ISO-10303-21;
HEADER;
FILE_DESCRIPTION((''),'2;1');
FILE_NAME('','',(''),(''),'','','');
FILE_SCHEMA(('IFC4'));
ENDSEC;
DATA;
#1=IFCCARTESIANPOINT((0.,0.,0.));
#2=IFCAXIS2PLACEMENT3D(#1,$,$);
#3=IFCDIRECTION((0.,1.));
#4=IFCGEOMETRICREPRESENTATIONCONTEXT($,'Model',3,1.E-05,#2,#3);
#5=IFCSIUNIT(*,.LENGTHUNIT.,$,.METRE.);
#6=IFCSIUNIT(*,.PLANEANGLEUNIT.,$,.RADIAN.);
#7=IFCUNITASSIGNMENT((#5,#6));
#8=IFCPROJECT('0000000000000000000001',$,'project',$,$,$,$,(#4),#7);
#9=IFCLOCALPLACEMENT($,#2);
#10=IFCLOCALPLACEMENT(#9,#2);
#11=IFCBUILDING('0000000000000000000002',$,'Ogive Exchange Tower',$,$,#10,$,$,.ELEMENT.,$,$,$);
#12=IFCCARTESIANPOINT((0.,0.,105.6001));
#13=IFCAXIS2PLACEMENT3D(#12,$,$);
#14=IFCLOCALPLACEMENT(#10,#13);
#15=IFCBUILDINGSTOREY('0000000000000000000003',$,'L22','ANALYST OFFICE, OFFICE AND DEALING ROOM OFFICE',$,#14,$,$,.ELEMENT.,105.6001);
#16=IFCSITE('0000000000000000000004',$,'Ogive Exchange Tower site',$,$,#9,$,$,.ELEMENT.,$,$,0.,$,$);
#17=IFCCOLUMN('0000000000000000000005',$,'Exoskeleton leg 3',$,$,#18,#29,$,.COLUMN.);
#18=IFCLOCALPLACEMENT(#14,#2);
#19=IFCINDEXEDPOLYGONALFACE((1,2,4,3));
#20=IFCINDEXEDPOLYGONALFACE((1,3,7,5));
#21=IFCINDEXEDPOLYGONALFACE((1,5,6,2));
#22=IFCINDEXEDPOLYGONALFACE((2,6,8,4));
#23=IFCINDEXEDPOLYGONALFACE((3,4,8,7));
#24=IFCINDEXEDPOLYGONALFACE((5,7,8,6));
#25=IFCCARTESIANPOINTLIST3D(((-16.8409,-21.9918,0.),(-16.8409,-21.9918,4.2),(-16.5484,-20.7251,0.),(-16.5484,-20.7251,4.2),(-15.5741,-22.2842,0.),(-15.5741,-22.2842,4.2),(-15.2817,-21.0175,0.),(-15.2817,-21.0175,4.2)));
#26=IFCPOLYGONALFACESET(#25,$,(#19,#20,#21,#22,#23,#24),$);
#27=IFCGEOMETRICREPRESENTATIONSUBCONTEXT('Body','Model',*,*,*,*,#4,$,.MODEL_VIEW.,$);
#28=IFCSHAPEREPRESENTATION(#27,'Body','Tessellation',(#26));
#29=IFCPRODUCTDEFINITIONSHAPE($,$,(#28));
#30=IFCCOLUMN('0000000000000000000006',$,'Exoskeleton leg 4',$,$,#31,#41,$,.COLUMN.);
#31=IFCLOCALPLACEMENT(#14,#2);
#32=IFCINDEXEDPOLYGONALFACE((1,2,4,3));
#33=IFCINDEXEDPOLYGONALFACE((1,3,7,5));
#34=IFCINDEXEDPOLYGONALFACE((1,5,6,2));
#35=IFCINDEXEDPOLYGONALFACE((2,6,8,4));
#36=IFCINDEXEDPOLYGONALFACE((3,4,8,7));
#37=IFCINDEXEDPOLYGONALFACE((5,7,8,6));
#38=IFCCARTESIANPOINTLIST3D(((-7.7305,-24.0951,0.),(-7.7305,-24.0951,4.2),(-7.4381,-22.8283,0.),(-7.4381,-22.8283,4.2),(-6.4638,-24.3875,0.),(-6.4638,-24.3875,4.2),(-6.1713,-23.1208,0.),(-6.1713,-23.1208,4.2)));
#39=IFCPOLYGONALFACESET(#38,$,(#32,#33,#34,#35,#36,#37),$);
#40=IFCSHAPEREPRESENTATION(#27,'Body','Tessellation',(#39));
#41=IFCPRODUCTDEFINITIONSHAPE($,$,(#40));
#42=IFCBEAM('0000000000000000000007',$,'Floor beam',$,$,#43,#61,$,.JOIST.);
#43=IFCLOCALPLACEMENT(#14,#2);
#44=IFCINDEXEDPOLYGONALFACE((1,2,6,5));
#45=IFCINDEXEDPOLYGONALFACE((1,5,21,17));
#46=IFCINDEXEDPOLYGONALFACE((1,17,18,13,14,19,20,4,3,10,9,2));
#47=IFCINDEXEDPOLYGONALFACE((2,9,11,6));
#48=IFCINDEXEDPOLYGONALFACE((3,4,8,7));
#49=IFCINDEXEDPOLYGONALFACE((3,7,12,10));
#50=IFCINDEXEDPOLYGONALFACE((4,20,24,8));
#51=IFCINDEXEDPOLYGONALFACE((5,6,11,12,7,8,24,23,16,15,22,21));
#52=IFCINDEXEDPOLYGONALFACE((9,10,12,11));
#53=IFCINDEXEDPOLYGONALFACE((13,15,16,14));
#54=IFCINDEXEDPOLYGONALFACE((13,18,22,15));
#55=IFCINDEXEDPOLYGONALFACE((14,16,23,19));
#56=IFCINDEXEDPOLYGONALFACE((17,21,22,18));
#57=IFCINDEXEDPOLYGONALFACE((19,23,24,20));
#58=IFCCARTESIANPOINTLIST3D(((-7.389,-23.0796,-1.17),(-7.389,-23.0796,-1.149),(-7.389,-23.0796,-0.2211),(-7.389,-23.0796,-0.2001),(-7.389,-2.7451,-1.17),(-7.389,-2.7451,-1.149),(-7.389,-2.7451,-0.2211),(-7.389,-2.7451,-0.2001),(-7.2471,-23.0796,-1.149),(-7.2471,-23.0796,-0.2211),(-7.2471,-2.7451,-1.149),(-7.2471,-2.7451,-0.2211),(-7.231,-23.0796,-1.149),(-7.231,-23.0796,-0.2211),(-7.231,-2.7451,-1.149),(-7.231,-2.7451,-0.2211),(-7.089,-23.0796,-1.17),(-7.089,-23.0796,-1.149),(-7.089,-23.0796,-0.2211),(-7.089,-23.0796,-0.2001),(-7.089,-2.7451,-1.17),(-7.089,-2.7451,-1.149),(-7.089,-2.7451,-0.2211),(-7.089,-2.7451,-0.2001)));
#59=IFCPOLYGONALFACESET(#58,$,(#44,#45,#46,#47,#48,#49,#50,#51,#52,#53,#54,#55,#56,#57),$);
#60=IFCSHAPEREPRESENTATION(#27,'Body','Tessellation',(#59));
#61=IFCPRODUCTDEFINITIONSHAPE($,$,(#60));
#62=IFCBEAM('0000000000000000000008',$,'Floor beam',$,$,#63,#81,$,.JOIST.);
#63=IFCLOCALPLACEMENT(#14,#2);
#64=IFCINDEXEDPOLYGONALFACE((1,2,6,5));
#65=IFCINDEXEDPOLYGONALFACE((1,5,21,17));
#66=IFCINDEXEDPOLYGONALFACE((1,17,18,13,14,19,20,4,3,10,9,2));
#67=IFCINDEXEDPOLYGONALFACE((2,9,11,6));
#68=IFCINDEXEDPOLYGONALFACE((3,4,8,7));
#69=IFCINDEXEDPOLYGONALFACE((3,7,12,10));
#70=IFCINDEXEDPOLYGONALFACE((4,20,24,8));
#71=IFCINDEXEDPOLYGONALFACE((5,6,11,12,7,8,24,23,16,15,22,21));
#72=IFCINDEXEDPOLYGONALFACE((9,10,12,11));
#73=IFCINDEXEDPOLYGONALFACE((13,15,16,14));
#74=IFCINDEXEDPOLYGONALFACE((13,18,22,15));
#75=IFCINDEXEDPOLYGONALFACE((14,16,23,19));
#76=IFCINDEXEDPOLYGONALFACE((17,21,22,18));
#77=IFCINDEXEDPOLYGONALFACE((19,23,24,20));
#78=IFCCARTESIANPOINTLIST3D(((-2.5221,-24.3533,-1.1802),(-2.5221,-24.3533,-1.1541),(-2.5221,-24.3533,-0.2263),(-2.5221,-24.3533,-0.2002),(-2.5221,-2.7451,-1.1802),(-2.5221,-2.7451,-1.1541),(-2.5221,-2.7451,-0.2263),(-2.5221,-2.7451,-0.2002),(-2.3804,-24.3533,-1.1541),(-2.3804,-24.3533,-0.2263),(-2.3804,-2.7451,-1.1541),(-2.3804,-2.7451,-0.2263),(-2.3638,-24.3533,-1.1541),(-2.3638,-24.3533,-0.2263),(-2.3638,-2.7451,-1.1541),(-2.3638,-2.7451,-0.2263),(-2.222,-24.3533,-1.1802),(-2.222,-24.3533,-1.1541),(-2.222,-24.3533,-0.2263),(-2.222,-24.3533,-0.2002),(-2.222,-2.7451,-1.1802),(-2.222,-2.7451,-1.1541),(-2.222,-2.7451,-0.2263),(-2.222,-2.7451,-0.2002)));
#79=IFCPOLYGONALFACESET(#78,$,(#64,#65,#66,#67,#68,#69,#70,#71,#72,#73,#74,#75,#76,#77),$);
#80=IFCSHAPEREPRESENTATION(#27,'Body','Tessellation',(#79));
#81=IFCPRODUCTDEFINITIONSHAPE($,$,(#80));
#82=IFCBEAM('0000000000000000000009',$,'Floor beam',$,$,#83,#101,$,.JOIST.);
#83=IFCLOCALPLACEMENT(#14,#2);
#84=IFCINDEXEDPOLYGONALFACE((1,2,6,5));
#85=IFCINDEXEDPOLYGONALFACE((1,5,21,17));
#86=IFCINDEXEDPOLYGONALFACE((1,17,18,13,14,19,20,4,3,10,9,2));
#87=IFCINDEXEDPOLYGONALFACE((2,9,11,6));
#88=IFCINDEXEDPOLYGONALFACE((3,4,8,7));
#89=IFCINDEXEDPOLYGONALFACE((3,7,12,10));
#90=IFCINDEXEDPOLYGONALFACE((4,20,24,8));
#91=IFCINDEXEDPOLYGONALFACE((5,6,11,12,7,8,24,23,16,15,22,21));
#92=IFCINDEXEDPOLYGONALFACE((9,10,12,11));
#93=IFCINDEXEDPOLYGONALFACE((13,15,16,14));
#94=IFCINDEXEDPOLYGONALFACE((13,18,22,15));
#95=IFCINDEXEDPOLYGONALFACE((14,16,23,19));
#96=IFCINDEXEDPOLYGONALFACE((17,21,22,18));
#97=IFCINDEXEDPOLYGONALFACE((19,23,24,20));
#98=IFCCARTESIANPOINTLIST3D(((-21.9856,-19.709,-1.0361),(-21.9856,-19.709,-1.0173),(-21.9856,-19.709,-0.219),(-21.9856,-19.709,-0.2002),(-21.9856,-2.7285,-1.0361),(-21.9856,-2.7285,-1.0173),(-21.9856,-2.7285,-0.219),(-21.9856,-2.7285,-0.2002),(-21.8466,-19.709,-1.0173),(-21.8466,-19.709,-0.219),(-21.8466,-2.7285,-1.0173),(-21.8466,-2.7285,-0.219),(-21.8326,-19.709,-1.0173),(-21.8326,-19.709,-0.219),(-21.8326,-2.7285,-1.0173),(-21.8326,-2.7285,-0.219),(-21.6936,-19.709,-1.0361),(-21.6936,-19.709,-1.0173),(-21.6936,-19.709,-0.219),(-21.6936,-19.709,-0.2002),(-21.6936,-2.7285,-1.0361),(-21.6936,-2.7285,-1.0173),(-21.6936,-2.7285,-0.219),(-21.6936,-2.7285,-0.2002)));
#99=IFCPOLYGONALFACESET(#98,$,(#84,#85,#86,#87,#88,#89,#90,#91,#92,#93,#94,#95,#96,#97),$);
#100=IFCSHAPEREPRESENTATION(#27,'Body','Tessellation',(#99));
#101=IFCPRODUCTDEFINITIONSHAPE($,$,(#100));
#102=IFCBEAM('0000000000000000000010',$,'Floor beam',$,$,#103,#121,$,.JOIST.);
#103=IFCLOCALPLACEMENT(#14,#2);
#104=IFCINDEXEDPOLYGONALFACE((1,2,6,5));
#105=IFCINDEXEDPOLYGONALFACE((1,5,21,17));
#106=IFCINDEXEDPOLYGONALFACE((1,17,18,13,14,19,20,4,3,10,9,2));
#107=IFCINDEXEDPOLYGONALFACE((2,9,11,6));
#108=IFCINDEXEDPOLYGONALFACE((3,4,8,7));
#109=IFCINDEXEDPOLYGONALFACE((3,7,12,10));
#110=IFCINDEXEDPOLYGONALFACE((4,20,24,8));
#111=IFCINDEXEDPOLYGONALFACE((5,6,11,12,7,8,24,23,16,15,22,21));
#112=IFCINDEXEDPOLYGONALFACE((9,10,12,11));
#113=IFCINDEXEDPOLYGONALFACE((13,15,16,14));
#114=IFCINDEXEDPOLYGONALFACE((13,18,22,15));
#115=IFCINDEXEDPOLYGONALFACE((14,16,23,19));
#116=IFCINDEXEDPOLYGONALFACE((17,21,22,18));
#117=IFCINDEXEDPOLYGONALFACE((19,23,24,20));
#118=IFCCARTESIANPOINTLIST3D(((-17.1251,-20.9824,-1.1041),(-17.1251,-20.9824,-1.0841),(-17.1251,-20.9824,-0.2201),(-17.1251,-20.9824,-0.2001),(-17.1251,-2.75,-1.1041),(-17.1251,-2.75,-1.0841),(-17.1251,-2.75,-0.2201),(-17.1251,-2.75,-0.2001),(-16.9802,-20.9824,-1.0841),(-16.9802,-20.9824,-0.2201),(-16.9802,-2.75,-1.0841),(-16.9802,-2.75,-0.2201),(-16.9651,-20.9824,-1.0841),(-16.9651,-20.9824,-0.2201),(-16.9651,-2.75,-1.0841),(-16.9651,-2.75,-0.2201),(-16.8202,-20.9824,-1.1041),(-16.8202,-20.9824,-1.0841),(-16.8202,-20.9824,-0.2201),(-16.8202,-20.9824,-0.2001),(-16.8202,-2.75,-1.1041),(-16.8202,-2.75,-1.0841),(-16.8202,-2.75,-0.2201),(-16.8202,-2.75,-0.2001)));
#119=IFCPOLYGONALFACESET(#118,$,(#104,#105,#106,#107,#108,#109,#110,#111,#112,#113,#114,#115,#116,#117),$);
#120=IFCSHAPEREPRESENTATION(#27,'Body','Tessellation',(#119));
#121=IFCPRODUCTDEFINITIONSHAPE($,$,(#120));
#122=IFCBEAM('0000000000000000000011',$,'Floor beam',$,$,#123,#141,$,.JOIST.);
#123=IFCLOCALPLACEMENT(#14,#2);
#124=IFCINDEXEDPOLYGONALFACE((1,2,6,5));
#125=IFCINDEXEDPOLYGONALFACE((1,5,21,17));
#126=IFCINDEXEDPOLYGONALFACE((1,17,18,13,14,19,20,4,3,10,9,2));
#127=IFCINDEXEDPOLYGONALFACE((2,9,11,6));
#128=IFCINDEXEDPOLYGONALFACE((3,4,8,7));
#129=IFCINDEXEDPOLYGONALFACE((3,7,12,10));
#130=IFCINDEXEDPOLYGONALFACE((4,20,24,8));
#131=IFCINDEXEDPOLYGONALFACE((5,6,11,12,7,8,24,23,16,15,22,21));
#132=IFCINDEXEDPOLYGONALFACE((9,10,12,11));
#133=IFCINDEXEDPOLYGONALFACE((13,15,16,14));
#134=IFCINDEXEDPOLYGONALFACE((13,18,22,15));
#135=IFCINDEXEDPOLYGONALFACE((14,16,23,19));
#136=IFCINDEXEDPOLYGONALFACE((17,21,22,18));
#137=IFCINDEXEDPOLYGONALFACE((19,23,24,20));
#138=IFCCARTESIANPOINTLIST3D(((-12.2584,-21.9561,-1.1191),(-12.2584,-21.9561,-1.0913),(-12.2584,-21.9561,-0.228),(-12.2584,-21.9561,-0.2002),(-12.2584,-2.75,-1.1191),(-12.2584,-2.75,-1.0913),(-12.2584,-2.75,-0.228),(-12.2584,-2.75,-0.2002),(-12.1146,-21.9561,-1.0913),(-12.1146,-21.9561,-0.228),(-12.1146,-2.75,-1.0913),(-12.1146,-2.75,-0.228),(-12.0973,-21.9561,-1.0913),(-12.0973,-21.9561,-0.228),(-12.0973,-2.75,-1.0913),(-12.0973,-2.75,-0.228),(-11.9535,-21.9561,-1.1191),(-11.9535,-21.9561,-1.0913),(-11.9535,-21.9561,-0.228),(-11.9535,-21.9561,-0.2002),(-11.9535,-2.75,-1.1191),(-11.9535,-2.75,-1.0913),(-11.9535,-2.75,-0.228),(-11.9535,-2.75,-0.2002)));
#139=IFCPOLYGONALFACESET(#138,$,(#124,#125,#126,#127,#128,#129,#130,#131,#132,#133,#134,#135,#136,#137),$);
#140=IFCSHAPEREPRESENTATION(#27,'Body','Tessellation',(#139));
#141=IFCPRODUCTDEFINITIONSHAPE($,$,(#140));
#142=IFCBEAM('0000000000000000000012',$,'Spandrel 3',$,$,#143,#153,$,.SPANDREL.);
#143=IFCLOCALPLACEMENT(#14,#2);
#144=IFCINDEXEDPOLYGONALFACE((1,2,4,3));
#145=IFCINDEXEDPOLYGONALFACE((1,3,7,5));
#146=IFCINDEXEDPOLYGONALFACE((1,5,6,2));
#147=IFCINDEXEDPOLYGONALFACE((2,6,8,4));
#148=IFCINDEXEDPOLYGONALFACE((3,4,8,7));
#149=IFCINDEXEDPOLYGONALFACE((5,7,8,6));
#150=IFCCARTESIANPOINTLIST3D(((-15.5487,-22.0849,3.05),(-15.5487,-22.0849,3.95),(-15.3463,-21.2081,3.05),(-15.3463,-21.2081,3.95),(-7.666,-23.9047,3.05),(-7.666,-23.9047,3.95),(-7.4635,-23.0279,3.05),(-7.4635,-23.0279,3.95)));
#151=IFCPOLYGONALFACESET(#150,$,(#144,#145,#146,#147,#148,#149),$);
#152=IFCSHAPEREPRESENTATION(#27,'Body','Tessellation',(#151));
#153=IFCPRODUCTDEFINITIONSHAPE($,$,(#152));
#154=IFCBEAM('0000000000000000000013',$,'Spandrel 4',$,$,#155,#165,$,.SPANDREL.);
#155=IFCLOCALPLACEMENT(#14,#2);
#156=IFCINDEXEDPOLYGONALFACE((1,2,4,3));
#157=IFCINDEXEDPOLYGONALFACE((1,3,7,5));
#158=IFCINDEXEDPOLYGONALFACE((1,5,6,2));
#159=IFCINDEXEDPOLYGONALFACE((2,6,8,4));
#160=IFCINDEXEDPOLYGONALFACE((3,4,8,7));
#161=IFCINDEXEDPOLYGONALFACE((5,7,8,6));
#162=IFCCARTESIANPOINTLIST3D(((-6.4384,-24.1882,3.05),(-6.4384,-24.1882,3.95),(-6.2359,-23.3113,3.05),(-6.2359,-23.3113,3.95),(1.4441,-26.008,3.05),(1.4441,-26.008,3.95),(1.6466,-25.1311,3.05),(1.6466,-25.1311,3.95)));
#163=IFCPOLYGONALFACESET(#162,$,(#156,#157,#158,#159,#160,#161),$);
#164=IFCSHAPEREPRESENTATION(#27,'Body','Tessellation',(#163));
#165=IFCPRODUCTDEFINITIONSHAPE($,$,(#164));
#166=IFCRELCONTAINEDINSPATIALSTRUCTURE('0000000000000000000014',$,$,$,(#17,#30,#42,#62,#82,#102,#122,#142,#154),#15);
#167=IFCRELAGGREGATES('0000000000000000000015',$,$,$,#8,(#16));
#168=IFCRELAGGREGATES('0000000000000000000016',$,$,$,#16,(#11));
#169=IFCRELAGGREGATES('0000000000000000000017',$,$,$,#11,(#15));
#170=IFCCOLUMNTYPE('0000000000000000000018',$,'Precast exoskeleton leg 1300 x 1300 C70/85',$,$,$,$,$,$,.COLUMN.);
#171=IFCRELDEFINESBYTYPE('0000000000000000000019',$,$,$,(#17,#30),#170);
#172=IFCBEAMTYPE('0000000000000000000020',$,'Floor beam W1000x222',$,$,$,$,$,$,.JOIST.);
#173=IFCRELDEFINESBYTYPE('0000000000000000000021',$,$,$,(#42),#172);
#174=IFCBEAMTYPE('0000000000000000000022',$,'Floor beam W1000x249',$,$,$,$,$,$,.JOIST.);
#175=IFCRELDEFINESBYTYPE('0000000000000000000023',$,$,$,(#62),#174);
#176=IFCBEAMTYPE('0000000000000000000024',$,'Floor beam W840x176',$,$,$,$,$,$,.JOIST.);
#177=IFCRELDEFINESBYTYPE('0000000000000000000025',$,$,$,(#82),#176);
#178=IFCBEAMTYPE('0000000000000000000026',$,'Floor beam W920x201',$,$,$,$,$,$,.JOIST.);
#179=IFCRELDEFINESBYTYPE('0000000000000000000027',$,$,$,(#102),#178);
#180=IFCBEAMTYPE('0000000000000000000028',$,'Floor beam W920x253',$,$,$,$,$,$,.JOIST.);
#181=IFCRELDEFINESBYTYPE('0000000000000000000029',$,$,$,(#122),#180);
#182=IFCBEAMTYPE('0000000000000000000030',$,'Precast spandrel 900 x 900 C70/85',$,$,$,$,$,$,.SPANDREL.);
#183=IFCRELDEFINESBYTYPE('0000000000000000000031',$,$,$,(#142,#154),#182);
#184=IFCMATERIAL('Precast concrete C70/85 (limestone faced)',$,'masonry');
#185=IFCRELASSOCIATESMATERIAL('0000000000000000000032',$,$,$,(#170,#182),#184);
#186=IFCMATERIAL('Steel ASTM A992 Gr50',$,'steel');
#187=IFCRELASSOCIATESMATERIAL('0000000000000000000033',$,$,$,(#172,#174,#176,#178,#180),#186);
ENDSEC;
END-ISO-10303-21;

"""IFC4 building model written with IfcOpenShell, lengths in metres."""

from ifc_helpers import new_model, si_unit, direction, frame, origin, origin_2d, place, context, subcontext, project, spatial, rectangle, i_section, extrude, material, material_profile, profile_set, type_object, element, save


model = new_model("IFC4")

# Units and contexts
model_context = context("Model", 3, precision=1e-05, world=origin(), true_north=direction((0.0, 1.0)))
body_context = subcontext(model_context, "Body", "Model", "MODEL_VIEW")
ifc_project = project(units=[si_unit("LENGTHUNIT", "METRE"), si_unit("PLANEANGLEUNIT", "RADIAN")], contexts=[model_context])

# Site, building, storey
site_placement = place(None, origin())
site = spatial("IfcSite", under=ifc_project, at=site_placement, Name="Ogive Exchange Tower site", CompositionType="ELEMENT", RefElevation=0.0)
building_placement = place(site_placement, origin())
building = spatial("IfcBuilding", under=site, at=building_placement, Name="Ogive Exchange Tower", CompositionType="ELEMENT")
storey_placement = place(building_placement, frame((0.0, 0.0, 105.6001)))
storey = spatial("IfcBuildingStorey", under=building, at=storey_placement, Name="L22", Description="ANALYST OFFICE, OFFICE AND DEALING ROOM OFFICE", CompositionType="ELEMENT", Elevation=105.6001)

# Columns
ifc_material_1 = material(Name="Precast concrete C70/85 (limestone faced)", Category="masonry")
ifc_material_profile_1 = material_profile(ifc_material_1, rectangle(XDim=1.3, YDim=1.3, at=origin_2d()), Name="1300 x 1300")
ifc_profile_set_1 = profile_set([ifc_material_profile_1], Name="Precast concrete C70/85 (limestone faced)")
column_type = type_object("IfcColumnType", Name="Precast exoskeleton leg 1300 x 1300 C70/85", PredefinedType="COLUMN", material=ifc_profile_set_1)
for number, where, z_axis, x_axis, name in (
    (1, (-16.0613, -21.5046, 0.0), (0.0, 0.0, 1.0), (0.97437, -0.224951, 0.0), "Exoskeleton leg 3"),
    (2, (-6.9509, -23.6079, 0.0), (0.0, 0.0, 1.0), (0.97437, -0.224951, 0.0), "Exoskeleton leg 4"),
):
    element("IfcColumn", number, at=place(storey_placement, frame(where, z_axis=z_axis, x_axis=x_axis)), inside=storey, type_object=column_type, Name=name, PredefinedType="COLUMN", context=body_context, shape_type="SweptSolid", body=[
        extrude(rectangle(XDim=1.3, YDim=1.3, at=origin_2d()), origin(), (0.0, 0.0, 1.0), 4.2),
    ])

# Beams
ifc_material_2 = material(Name="Steel ASTM A992 Gr50", Category="steel")
ifc_material_profile_2 = material_profile(ifc_material_2, i_section(OverallWidth=0.3, OverallDepth=0.97, WebThickness=0.0161, FlangeThickness=0.021, at=origin_2d()), Name="W1000x222")
ifc_profile_set_2 = profile_set([ifc_material_profile_2], Name="Steel ASTM A992 Gr50")
beam_type_1 = type_object("IfcBeamType", Name="Floor beam W1000x222", PredefinedType="JOIST", material=ifc_profile_set_2)
beam_1_placement = place(storey_placement, frame((-7.239, -23.0796, -0.6851), z_axis=(0.0, 1.0, 0.0), x_axis=(-1.0, 0.0, 0.0)))
element("IfcBeam", 3, at=beam_1_placement, inside=storey, type_object=beam_type_1, Name="Floor beam", PredefinedType="JOIST", context=body_context, shape_type="SweptSolid", body=[
    extrude(i_section(OverallWidth=0.3, OverallDepth=0.97, WebThickness=0.0161, FlangeThickness=0.021, at=origin_2d()), origin(), (0.0, 0.0, 1.0), 20.3345),
])
ifc_material_profile_3 = material_profile(ifc_material_2, i_section(OverallWidth=0.3, OverallDepth=0.98, WebThickness=0.0166, FlangeThickness=0.0261, at=origin_2d()), Name="W1000x249")
ifc_profile_set_3 = profile_set([ifc_material_profile_3], Name="Steel ASTM A992 Gr50")
beam_type_2 = type_object("IfcBeamType", Name="Floor beam W1000x249", PredefinedType="JOIST", material=ifc_profile_set_3)
beam_2_placement = place(storey_placement, frame((-2.3721, -24.3533, -0.6902), z_axis=(0.0, 1.0, 0.0), x_axis=(-1.0, 0.0, 0.0)))
element("IfcBeam", 4, at=beam_2_placement, inside=storey, type_object=beam_type_2, Name="Floor beam", PredefinedType="JOIST", context=body_context, shape_type="SweptSolid", body=[
    extrude(i_section(OverallWidth=0.3, OverallDepth=0.98, WebThickness=0.0166, FlangeThickness=0.0261, at=origin_2d()), origin(), (0.0, 0.0, 1.0), 21.6082),
])
ifc_material_profile_4 = material_profile(ifc_material_2, i_section(OverallWidth=0.292, OverallDepth=0.8359, WebThickness=0.0139, FlangeThickness=0.0188, at=origin_2d()), Name="W840x176")
ifc_profile_set_4 = profile_set([ifc_material_profile_4], Name="Steel ASTM A992 Gr50")
beam_type_3 = type_object("IfcBeamType", Name="Floor beam W840x176", PredefinedType="JOIST", material=ifc_profile_set_4)
beam_3_placement = place(storey_placement, frame((-21.8396, -19.709, -0.6182), z_axis=(0.0, 1.0, 0.0), x_axis=(-1.0, 0.0, 0.0)))
element("IfcBeam", 5, at=beam_3_placement, inside=storey, type_object=beam_type_3, Name="Floor beam", PredefinedType="JOIST", context=body_context, shape_type="SweptSolid", body=[
    extrude(i_section(OverallWidth=0.292, OverallDepth=0.8359, WebThickness=0.0139, FlangeThickness=0.0188, at=origin_2d()), origin(), (0.0, 0.0, 1.0), 16.9805),
])
ifc_material_profile_5 = material_profile(ifc_material_2, i_section(OverallWidth=0.3049, OverallDepth=0.9041, WebThickness=0.0151, FlangeThickness=0.02, at=origin_2d()), Name="W920x201")
ifc_profile_set_5 = profile_set([ifc_material_profile_5], Name="Steel ASTM A992 Gr50")
beam_type_4 = type_object("IfcBeamType", Name="Floor beam W920x201", PredefinedType="JOIST", material=ifc_profile_set_5)
beam_4_placement = place(storey_placement, frame((-16.9727, -20.9824, -0.6521), z_axis=(0.0, 1.0, 0.0), x_axis=(-1.0, 0.0, 0.0)))
element("IfcBeam", 6, at=beam_4_placement, inside=storey, type_object=beam_type_4, Name="Floor beam", PredefinedType="JOIST", context=body_context, shape_type="SweptSolid", body=[
    extrude(i_section(OverallWidth=0.3049, OverallDepth=0.9041, WebThickness=0.0151, FlangeThickness=0.02, at=origin_2d()), origin(), (0.0, 0.0, 1.0), 18.2324),
])
ifc_material_profile_6 = material_profile(ifc_material_2, i_section(OverallWidth=0.3049, OverallDepth=0.9189, WebThickness=0.0173, FlangeThickness=0.0278, at=origin_2d()), Name="W920x253")
ifc_profile_set_6 = profile_set([ifc_material_profile_6], Name="Steel ASTM A992 Gr50")
beam_type_5 = type_object("IfcBeamType", Name="Floor beam W920x253", PredefinedType="JOIST", material=ifc_profile_set_6)
beam_5_placement = place(storey_placement, frame((-12.106, -21.9561, -0.6597), z_axis=(0.0, 1.0, 0.0), x_axis=(-1.0, 0.0, 0.0)))
element("IfcBeam", 7, at=beam_5_placement, inside=storey, type_object=beam_type_5, Name="Floor beam", PredefinedType="JOIST", context=body_context, shape_type="SweptSolid", body=[
    extrude(i_section(OverallWidth=0.3049, OverallDepth=0.9189, WebThickness=0.0173, FlangeThickness=0.0278, at=origin_2d()), origin(), (0.0, 0.0, 1.0), 19.2061),
])
ifc_material_profile_7 = material_profile(ifc_material_1, rectangle(XDim=0.8999, YDim=0.8999, at=origin_2d()), Name="900 x 900")
ifc_profile_set_7 = profile_set([ifc_material_profile_7], Name="Precast concrete C70/85 (limestone faced)")
beam_type_6 = type_object("IfcBeamType", Name="Precast spandrel 900 x 900 C70/85", PredefinedType="SPANDREL", material=ifc_profile_set_7)
beam_6_placement = place(storey_placement, frame((-15.4475, -21.6465, 3.5), z_axis=(0.974372, -0.224943, 0.0), x_axis=(0.224943, 0.974372, 0.0)))
element("IfcBeam", 8, at=beam_6_placement, inside=storey, type_object=beam_type_6, Name="Spandrel 3", PredefinedType="SPANDREL", context=body_context, shape_type="SweptSolid", body=[
    extrude(rectangle(XDim=0.8999, YDim=0.8999, at=origin_2d()), origin(), (0.0, 0.0, 1.0), 8.0901),
])
beam_7_placement = place(storey_placement, frame((-6.3372, -23.7498, 3.5), z_axis=(0.97437, -0.22495, 0.0), x_axis=(0.22495, 0.97437, 0.0)))
element("IfcBeam", 9, at=beam_7_placement, inside=storey, type_object=beam_type_6, Name="Spandrel 4", PredefinedType="SPANDREL", context=body_context, shape_type="SweptSolid", body=[
    extrude(rectangle(XDim=0.8999, YDim=0.8999, at=origin_2d()), origin(), (0.0, 0.0, 1.0), 8.0898),
])

save(model, "model.ifc")
